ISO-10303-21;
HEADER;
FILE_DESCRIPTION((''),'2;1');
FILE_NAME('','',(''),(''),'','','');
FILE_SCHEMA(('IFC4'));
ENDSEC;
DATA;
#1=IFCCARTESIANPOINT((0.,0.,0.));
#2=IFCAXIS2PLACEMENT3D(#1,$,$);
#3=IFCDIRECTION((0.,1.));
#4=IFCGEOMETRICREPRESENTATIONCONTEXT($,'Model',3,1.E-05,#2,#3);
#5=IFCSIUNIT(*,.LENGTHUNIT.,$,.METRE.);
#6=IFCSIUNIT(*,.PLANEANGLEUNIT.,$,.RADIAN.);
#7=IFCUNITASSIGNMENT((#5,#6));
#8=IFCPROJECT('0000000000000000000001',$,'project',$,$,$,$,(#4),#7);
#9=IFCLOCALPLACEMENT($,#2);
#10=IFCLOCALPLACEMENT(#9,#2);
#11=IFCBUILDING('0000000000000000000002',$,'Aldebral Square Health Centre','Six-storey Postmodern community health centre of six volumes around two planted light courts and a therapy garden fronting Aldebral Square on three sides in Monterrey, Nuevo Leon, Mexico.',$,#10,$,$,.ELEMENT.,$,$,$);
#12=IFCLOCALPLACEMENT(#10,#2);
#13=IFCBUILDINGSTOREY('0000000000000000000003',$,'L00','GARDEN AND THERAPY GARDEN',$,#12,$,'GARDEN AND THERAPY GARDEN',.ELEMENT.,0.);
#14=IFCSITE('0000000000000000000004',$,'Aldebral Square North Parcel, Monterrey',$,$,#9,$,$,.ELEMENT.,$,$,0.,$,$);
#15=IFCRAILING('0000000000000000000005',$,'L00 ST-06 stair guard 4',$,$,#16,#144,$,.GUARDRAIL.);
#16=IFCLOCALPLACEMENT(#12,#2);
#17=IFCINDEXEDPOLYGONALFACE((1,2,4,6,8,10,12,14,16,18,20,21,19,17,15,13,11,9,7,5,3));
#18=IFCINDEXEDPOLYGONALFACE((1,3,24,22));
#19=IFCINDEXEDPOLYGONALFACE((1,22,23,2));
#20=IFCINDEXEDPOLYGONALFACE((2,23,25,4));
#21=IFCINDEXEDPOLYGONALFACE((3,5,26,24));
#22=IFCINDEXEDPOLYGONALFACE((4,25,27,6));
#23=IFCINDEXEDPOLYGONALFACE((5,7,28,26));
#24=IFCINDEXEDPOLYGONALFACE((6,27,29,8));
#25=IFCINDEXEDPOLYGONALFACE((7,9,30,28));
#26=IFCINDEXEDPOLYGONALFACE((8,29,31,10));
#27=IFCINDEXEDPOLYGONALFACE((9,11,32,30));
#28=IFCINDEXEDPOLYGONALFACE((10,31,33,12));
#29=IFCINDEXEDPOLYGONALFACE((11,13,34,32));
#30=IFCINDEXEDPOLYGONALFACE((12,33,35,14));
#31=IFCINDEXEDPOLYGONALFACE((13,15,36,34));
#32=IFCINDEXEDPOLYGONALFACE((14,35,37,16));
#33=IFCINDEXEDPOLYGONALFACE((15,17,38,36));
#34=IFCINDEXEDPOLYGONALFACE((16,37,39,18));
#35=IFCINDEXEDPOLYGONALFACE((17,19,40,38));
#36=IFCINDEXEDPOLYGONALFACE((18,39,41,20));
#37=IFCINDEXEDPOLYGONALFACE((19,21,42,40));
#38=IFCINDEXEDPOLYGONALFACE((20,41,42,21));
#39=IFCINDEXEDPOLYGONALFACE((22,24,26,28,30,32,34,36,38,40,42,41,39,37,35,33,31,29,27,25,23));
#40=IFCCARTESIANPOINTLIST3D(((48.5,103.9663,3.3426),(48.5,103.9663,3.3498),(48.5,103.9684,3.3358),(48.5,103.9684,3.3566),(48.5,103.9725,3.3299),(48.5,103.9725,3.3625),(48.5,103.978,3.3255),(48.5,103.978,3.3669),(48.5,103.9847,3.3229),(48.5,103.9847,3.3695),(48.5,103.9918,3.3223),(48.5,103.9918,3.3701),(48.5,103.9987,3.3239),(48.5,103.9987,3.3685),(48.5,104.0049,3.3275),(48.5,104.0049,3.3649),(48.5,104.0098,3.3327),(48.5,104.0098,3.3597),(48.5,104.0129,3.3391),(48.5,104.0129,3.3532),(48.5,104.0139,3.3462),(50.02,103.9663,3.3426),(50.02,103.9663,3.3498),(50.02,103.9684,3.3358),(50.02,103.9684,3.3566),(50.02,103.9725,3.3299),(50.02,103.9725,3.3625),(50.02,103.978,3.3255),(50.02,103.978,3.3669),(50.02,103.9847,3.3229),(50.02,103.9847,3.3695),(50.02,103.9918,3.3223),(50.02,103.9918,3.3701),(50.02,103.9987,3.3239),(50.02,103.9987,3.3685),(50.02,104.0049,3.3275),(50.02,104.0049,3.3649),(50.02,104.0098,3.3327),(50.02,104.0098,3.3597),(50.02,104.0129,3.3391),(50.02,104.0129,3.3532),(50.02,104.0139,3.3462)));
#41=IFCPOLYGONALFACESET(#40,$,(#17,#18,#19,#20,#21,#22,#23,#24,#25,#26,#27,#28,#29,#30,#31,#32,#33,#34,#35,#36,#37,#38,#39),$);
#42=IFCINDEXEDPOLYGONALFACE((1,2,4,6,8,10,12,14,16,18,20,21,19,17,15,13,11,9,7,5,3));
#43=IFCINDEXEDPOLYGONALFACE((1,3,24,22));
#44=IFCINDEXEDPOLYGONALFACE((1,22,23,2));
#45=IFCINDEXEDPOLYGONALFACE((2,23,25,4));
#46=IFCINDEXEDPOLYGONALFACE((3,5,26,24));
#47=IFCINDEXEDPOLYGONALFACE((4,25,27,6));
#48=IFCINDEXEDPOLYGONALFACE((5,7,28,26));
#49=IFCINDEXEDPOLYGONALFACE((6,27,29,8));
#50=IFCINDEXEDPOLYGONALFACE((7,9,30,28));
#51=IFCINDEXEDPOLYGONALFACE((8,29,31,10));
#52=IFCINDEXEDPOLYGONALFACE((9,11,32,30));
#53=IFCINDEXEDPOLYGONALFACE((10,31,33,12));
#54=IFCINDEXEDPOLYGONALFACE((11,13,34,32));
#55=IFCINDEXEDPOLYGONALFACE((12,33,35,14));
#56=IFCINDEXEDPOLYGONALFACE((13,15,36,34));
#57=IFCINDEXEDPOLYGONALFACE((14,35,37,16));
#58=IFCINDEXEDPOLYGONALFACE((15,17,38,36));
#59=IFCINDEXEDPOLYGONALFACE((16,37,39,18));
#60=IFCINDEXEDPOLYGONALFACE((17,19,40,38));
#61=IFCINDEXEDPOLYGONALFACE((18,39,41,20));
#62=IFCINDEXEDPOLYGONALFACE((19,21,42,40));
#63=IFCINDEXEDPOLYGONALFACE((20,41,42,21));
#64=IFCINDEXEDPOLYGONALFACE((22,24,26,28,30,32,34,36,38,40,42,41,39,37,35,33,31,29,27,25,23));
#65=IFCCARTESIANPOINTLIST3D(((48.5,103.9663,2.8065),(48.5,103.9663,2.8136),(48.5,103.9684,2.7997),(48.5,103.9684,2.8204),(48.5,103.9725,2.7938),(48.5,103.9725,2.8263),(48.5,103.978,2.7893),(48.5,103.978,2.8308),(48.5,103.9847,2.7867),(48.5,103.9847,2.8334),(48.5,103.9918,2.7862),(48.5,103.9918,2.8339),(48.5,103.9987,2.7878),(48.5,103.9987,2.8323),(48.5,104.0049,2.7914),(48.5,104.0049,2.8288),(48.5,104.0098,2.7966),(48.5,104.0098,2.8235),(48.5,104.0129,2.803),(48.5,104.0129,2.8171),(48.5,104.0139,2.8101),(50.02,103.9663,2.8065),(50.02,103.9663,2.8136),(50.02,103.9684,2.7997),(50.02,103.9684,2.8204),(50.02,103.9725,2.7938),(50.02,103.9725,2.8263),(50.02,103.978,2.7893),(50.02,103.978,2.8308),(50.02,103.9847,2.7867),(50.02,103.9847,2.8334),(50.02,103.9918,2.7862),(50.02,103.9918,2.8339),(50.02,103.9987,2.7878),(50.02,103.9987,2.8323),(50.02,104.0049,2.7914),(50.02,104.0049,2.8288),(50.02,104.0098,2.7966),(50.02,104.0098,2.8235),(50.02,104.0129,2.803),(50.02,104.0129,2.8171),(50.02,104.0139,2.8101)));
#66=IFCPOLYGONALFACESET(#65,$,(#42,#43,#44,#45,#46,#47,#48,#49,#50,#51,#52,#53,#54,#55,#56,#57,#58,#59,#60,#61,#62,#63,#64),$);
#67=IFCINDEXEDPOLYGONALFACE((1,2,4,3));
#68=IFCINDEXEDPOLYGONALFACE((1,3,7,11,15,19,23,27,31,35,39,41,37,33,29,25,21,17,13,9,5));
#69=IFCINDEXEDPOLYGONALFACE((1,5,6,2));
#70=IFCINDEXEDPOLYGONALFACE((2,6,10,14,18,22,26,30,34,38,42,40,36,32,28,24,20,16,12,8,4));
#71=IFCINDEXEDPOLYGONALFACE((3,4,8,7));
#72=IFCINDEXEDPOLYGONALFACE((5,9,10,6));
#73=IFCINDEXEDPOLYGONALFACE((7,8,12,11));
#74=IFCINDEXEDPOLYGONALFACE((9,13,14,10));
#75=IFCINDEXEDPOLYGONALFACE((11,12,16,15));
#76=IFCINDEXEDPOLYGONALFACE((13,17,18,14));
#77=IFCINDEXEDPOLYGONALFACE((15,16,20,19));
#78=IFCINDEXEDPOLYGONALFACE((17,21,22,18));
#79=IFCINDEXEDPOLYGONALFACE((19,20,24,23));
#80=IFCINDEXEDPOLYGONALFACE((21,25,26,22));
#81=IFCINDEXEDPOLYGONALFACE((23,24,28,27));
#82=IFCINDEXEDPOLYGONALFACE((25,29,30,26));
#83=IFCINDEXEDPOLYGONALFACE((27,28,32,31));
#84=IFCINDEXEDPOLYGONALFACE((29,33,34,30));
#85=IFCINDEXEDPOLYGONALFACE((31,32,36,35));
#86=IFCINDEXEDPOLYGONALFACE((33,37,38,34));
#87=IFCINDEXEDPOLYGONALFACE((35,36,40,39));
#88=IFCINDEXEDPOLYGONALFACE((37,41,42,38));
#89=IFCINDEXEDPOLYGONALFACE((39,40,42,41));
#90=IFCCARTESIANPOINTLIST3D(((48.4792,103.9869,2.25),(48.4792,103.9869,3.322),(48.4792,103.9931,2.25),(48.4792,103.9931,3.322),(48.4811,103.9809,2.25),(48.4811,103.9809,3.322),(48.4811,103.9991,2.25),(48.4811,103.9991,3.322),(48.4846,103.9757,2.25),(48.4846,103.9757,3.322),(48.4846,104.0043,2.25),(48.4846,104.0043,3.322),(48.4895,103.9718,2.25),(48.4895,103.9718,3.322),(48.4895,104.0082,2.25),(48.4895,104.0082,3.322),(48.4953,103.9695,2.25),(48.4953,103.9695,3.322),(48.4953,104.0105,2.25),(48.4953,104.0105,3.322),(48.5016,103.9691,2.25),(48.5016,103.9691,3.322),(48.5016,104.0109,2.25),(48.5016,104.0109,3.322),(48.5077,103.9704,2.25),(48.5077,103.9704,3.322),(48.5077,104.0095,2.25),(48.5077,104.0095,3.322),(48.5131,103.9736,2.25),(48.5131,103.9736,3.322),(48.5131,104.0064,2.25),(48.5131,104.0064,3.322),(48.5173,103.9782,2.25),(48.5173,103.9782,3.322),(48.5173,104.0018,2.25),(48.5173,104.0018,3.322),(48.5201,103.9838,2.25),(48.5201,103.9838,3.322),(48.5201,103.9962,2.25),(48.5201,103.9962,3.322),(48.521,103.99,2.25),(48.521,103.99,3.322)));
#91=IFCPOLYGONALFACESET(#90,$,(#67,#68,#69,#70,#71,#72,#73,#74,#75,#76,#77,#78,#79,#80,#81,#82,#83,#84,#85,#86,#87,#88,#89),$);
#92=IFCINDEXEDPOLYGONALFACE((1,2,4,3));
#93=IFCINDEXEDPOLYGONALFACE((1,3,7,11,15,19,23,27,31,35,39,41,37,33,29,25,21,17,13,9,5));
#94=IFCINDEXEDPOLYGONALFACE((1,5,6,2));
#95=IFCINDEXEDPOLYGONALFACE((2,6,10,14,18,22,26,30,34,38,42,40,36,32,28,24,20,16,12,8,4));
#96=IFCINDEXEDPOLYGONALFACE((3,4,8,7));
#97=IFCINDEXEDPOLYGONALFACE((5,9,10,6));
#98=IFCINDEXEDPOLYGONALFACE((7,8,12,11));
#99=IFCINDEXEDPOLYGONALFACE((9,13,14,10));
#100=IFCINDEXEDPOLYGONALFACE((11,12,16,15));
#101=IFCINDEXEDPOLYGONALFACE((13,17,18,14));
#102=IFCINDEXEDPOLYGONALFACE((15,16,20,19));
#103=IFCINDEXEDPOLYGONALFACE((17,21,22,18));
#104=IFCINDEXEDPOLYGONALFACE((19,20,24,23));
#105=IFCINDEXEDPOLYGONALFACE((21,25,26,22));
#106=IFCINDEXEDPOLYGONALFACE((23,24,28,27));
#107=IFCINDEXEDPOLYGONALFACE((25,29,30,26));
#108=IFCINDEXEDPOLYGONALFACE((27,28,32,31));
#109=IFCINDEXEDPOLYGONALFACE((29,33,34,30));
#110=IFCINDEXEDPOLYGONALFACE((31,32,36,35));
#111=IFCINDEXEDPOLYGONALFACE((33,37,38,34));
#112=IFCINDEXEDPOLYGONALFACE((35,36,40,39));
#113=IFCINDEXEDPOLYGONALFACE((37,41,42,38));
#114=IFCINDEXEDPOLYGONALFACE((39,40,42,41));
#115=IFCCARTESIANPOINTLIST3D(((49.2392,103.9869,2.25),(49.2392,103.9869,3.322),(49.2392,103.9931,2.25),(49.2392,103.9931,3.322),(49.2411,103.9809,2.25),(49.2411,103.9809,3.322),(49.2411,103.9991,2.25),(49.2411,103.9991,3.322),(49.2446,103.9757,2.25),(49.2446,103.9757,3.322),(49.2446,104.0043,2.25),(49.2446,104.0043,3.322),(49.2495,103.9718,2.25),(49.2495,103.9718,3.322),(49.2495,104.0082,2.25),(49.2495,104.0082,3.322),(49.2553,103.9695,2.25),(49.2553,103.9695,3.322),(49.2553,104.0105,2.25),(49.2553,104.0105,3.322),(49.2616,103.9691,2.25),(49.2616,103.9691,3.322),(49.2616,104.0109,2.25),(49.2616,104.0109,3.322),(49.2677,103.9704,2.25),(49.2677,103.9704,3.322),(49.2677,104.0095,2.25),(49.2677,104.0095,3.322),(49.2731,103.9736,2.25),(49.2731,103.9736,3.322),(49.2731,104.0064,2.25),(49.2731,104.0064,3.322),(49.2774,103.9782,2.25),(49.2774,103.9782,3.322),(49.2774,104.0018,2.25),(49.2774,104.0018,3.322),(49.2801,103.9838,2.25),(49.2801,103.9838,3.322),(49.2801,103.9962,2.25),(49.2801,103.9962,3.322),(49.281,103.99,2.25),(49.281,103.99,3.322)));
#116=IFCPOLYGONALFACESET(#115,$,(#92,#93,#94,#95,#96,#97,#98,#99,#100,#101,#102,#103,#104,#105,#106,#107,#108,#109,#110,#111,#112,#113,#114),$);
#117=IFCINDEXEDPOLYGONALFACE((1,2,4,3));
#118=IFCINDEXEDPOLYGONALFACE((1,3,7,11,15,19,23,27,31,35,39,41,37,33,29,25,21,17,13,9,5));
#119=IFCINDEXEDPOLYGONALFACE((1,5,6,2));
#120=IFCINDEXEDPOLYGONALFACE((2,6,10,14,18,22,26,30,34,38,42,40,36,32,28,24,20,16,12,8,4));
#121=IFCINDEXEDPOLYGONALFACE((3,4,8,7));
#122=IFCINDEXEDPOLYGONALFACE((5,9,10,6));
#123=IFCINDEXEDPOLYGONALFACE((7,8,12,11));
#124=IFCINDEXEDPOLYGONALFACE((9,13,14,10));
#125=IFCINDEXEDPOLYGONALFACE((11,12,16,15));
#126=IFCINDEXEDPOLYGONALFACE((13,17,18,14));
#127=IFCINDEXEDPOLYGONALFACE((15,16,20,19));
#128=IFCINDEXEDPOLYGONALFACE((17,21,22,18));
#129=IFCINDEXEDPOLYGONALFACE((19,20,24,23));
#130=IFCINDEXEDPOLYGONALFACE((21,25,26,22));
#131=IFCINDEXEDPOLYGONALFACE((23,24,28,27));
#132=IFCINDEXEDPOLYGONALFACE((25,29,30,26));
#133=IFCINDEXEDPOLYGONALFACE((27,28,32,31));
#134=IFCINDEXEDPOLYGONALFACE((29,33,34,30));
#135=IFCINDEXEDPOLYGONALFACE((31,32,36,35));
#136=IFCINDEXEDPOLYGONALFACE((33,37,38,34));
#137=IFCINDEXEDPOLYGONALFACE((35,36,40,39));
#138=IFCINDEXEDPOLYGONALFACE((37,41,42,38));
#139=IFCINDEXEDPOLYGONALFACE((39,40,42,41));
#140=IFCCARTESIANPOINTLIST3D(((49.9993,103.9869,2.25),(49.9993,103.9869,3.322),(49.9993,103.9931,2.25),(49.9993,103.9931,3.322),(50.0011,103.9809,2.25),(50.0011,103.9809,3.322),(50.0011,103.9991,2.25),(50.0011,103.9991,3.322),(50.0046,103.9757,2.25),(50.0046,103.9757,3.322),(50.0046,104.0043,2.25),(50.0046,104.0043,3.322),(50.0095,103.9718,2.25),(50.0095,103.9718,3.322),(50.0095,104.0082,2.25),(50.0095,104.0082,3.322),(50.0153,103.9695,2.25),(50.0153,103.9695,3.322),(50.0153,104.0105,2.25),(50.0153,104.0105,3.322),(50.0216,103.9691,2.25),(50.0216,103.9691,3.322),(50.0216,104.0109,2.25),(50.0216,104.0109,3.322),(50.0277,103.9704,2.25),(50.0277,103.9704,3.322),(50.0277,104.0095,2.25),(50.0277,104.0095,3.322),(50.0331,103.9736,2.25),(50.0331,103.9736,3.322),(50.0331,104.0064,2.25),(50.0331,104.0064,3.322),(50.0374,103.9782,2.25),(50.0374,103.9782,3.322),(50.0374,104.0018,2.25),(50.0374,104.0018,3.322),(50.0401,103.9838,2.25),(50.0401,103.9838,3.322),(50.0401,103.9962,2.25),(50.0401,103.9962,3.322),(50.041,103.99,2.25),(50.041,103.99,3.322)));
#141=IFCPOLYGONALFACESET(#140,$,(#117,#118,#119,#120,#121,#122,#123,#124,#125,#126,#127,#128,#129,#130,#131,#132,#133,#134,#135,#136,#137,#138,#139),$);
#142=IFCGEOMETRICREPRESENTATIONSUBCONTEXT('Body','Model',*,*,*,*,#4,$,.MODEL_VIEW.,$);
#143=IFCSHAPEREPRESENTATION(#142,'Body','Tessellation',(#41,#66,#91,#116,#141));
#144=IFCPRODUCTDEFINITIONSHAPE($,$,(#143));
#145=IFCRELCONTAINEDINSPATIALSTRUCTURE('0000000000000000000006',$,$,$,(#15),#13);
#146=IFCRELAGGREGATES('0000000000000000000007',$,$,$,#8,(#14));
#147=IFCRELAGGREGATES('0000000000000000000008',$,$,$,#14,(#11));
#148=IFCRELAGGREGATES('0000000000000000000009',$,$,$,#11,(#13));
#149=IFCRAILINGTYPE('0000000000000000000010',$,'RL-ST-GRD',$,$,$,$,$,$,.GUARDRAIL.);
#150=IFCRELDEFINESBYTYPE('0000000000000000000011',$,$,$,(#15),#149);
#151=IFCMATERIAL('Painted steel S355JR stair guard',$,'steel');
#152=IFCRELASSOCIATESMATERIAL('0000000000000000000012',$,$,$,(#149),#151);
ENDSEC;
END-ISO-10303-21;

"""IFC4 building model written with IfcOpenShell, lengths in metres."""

from ifc_helpers import new_model, si_unit, direction, frame, origin, origin_2d, place, context, subcontext, project, spatial, circle, extrude, material, type_object, element, save


model = new_model("IFC4")

# Units and contexts
model_context = context("Model", 3, precision=1e-05, world=origin(), true_north=direction((0.0, 1.0)))
body_context = subcontext(model_context, "Body", "Model", "MODEL_VIEW")
ifc_project = project(units=[si_unit("LENGTHUNIT", "METRE"), si_unit("PLANEANGLEUNIT", "RADIAN")], contexts=[model_context])

# Site, building, storey
site_placement = place(None, origin())
site = spatial("IfcSite", under=ifc_project, at=site_placement, Name="Aldebral Square North Parcel, Monterrey", CompositionType="ELEMENT", RefElevation=0.0)
building_placement = place(site_placement, origin())
building = spatial("IfcBuilding", under=site, at=building_placement, Name="Aldebral Square Health Centre", Description="Six-storey Postmodern community health centre of six volumes around two planted light courts and a therapy garden fronting Aldebral Square on three sides in Monterrey, Nuevo Leon, Mexico.", CompositionType="ELEMENT")
storey_placement = place(building_placement, origin())
storey = spatial("IfcBuildingStorey", under=building, at=storey_placement, Name="L00", Description="GARDEN AND THERAPY GARDEN", LongName="GARDEN AND THERAPY GARDEN", CompositionType="ELEMENT", Elevation=0.0)

# Railing
ifc_material_1 = material(Name="Painted steel S355JR stair guard", Category="steel")
railing_type_1 = type_object("IfcRailingType", Name="RL-ST-GRD", PredefinedType="GUARDRAIL", material=ifc_material_1)
for number, where, name in (
    (1, (48.5, 103.99, 2.25), "L00 ST-06 stair guard 4"),
):
    element("IfcRailing", number, at=place(storey_placement, frame(where)), inside=storey, type_object=railing_type_1, Name=name, PredefinedType="GUARDRAIL", context=body_context, shape_type="SweptSolid", body=[
        extrude(circle(Radius=0.0239, at=origin_2d()), frame((0.0, 0.0, 1.0962), z_axis=(1.0, 0.0, 0.0), x_axis=(0.0, 1.0, 0.0)), (0.0, 0.0, 1.0), 1.52),
        extrude(circle(Radius=0.0239, at=origin_2d()), frame((0.0, 0.0, 0.5601), z_axis=(1.0, 0.0, 0.0), x_axis=(0.0, 1.0, 0.0)), (0.0, 0.0, 1.0), 1.52),
        extrude(circle(Radius=0.021, at=origin_2d()), origin(), (0.0, 0.0, 1.0), 1.072),
        extrude(circle(Radius=0.021, at=origin_2d()), frame((0.76, 0.0, 0.0)), (0.0, 0.0, 1.0), 1.072),
        extrude(circle(Radius=0.021, at=origin_2d()), frame((1.52, 0.0, 0.0)), (0.0, 0.0, 1.0), 1.072),
    ])

save(model, "model.ifc")
